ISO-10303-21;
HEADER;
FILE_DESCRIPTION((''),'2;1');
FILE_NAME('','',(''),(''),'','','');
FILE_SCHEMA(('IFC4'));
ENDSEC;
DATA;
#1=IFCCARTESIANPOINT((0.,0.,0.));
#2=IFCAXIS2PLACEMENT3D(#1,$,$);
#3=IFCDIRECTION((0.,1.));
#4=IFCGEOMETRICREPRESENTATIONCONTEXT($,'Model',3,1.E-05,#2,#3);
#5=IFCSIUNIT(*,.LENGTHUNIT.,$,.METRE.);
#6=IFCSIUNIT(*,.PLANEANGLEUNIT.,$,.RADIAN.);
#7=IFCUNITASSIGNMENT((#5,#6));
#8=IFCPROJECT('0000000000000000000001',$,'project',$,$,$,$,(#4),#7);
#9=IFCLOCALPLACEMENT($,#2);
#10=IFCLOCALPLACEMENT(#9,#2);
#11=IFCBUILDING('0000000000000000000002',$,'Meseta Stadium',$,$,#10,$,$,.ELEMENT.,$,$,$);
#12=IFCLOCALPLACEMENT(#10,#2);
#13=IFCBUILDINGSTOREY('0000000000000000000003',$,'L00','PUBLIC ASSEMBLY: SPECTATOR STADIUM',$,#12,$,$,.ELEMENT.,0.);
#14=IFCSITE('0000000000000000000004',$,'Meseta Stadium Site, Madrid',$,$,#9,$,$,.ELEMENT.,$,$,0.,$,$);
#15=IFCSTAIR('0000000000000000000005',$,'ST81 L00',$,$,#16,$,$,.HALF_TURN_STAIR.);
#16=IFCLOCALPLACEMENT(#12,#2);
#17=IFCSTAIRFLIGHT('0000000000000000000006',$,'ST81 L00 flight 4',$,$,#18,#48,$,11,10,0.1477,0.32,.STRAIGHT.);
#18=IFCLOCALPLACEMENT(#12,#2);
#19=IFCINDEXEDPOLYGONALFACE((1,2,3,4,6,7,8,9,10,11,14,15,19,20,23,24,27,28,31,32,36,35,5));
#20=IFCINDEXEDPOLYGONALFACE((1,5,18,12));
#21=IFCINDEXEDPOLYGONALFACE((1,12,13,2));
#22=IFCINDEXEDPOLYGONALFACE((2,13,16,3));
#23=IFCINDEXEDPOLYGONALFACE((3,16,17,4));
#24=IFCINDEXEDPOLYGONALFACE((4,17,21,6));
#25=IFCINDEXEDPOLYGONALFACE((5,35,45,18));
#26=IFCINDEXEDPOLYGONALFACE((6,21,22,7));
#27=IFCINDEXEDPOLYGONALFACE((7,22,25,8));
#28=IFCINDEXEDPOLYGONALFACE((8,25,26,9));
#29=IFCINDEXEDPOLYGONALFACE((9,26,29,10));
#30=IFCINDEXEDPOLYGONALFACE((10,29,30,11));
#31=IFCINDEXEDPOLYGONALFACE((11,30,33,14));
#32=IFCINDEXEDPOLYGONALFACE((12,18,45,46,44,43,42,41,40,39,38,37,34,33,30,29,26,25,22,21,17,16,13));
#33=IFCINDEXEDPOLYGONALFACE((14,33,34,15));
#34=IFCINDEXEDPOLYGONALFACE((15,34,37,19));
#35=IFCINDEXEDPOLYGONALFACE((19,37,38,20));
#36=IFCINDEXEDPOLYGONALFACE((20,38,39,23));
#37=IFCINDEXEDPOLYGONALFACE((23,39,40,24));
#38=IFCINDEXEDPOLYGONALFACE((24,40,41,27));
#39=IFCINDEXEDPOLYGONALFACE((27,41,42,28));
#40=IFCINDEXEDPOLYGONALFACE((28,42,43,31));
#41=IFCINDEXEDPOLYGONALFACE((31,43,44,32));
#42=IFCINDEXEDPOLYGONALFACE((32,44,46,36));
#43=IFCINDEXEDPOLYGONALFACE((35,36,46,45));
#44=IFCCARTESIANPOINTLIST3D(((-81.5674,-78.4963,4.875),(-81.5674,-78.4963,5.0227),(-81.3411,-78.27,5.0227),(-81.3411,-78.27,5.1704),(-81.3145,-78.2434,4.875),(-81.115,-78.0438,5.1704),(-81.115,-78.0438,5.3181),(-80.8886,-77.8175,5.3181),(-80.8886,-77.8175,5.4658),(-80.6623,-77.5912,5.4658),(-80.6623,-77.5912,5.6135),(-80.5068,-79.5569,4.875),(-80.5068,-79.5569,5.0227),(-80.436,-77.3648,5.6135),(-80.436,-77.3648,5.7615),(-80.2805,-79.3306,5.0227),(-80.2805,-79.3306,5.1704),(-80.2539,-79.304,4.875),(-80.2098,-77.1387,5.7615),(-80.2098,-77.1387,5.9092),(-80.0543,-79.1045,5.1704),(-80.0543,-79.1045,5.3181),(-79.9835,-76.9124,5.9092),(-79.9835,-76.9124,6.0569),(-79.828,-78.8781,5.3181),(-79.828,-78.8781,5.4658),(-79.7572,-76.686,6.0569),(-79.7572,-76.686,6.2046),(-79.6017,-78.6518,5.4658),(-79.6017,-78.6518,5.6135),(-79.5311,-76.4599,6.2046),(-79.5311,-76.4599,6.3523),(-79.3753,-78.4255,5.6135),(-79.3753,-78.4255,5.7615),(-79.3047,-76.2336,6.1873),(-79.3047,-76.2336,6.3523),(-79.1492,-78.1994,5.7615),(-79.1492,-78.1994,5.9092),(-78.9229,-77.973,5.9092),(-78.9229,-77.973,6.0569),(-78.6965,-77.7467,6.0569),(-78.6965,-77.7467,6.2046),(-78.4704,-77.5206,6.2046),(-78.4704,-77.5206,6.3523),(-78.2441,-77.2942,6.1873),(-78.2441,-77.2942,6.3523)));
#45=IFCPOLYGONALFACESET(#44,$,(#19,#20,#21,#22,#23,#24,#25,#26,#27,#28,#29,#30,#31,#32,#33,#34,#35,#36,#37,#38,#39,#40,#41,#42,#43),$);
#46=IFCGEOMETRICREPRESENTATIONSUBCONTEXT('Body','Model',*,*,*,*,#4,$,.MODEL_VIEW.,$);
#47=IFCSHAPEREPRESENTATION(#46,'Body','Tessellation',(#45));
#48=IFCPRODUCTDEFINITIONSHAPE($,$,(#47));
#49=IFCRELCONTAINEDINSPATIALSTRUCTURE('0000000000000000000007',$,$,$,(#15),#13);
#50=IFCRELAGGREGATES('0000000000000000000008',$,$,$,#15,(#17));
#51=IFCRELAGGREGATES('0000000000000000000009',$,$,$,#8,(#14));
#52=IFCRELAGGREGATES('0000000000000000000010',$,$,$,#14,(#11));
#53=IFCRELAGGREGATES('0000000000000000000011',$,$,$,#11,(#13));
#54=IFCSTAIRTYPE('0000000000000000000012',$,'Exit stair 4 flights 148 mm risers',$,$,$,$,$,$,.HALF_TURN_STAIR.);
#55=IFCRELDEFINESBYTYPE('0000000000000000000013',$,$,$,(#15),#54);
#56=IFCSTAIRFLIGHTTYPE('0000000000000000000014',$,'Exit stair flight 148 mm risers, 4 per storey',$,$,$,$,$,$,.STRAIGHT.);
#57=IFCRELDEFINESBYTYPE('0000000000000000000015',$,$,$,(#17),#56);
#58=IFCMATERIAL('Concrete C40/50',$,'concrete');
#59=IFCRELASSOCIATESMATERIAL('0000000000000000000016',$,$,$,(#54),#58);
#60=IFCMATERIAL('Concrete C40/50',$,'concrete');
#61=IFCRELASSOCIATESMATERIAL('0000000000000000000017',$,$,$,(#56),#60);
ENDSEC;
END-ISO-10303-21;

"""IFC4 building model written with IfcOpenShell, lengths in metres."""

from ifc_helpers import new_model, si_unit, direction, frame, origin, place, context, subcontext, project, spatial, polyline, outline, extrude, material, type_object, element, aggregate, save


model = new_model("IFC4")

# Units and contexts
model_context = context("Model", 3, precision=1e-05, world=origin(), true_north=direction((0.0, 1.0)))
body_context = subcontext(model_context, "Body", "Model", "MODEL_VIEW")
ifc_project = project(units=[si_unit("LENGTHUNIT", "METRE"), si_unit("PLANEANGLEUNIT", "RADIAN")], contexts=[model_context])

# Site, building, storey
site_placement = place(None, origin())
site = spatial("IfcSite", under=ifc_project, at=site_placement, Name="Meseta Stadium Site, Madrid", CompositionType="ELEMENT", RefElevation=0.0)
building_placement = place(site_placement, origin())
building = spatial("IfcBuilding", under=site, at=building_placement, Name="Meseta Stadium", CompositionType="ELEMENT")
storey_placement = place(building_placement, origin())
storey = spatial("IfcBuildingStorey", under=building, at=storey_placement, Name="L00", Description="PUBLIC ASSEMBLY: SPECTATOR STADIUM", CompositionType="ELEMENT", Elevation=0.0)

# Stair, stair flight
ifc_material_1 = material(Name="Concrete C40/50", Category="concrete")
stair_type = type_object("IfcStairType", Name="Exit stair 4 flights 148 mm risers", PredefinedType="HALF_TURN_STAIR", material=ifc_material_1)
stair_placement = place(storey_placement, origin())
stair = element("IfcStair", 1, at=stair_placement, inside=storey, type_object=stair_type, Name="ST81 L00", PredefinedType="HALF_TURN_STAIR")
ifc_material_2 = material(Name="Concrete C40/50", Category="concrete")
stair_flight_type = type_object("IfcStairFlightType", Name="Exit stair flight 148 mm risers, 4 per storey", PredefinedType="STRAIGHT", material=ifc_material_2)
stair_flight_1_placement = place(storey_placement, frame((-81.0371, -79.0266, 4.875), z_axis=(0.0, 0.0, 1.0), x_axis=(0.707107, 0.707107, 0.0)))
stair_flight_1 = element("IfcStairFlight", 2, at=stair_flight_1_placement, type_object=stair_flight_type, Name="ST81 L00 flight 4", NumberOfRisers=11, NumberOfTreads=10, PredefinedType="STRAIGHT", RiserHeight=0.1477, TreadLength=0.32, context=body_context, shape_type="SweptSolid", body=[
    extrude(outline(polyline([(0.0, 0.0), (0.0, 0.1477), (0.3201, 0.1477), (0.3201, 0.2954), (0.6399, 0.2954), (0.6399, 0.4431), (0.96, 0.4431), (0.96, 0.5908), (1.28, 0.5908), (1.28, 0.7385), (1.6001, 0.7385), (1.6001, 0.8865), (1.9199, 0.8865), (1.9199, 1.0342), (2.24, 1.0342), (2.24, 1.1819), (2.5601, 1.1819), (2.5601, 1.3296), (2.8799, 1.3296), (2.8799, 1.4773), (3.2, 1.4773), (3.2, 1.3123), (0.3577, 0.0), (0.0, 0.0)])), frame((0.0, 0.75, 0.0), z_axis=(0.0, -1.0, 0.0), x_axis=(1.0, 0.0, 0.0)), (0.0, 0.0, 1.0), 1.5),
])
aggregate(stair, [stair_flight_1])

save(model, "model.ifc")
